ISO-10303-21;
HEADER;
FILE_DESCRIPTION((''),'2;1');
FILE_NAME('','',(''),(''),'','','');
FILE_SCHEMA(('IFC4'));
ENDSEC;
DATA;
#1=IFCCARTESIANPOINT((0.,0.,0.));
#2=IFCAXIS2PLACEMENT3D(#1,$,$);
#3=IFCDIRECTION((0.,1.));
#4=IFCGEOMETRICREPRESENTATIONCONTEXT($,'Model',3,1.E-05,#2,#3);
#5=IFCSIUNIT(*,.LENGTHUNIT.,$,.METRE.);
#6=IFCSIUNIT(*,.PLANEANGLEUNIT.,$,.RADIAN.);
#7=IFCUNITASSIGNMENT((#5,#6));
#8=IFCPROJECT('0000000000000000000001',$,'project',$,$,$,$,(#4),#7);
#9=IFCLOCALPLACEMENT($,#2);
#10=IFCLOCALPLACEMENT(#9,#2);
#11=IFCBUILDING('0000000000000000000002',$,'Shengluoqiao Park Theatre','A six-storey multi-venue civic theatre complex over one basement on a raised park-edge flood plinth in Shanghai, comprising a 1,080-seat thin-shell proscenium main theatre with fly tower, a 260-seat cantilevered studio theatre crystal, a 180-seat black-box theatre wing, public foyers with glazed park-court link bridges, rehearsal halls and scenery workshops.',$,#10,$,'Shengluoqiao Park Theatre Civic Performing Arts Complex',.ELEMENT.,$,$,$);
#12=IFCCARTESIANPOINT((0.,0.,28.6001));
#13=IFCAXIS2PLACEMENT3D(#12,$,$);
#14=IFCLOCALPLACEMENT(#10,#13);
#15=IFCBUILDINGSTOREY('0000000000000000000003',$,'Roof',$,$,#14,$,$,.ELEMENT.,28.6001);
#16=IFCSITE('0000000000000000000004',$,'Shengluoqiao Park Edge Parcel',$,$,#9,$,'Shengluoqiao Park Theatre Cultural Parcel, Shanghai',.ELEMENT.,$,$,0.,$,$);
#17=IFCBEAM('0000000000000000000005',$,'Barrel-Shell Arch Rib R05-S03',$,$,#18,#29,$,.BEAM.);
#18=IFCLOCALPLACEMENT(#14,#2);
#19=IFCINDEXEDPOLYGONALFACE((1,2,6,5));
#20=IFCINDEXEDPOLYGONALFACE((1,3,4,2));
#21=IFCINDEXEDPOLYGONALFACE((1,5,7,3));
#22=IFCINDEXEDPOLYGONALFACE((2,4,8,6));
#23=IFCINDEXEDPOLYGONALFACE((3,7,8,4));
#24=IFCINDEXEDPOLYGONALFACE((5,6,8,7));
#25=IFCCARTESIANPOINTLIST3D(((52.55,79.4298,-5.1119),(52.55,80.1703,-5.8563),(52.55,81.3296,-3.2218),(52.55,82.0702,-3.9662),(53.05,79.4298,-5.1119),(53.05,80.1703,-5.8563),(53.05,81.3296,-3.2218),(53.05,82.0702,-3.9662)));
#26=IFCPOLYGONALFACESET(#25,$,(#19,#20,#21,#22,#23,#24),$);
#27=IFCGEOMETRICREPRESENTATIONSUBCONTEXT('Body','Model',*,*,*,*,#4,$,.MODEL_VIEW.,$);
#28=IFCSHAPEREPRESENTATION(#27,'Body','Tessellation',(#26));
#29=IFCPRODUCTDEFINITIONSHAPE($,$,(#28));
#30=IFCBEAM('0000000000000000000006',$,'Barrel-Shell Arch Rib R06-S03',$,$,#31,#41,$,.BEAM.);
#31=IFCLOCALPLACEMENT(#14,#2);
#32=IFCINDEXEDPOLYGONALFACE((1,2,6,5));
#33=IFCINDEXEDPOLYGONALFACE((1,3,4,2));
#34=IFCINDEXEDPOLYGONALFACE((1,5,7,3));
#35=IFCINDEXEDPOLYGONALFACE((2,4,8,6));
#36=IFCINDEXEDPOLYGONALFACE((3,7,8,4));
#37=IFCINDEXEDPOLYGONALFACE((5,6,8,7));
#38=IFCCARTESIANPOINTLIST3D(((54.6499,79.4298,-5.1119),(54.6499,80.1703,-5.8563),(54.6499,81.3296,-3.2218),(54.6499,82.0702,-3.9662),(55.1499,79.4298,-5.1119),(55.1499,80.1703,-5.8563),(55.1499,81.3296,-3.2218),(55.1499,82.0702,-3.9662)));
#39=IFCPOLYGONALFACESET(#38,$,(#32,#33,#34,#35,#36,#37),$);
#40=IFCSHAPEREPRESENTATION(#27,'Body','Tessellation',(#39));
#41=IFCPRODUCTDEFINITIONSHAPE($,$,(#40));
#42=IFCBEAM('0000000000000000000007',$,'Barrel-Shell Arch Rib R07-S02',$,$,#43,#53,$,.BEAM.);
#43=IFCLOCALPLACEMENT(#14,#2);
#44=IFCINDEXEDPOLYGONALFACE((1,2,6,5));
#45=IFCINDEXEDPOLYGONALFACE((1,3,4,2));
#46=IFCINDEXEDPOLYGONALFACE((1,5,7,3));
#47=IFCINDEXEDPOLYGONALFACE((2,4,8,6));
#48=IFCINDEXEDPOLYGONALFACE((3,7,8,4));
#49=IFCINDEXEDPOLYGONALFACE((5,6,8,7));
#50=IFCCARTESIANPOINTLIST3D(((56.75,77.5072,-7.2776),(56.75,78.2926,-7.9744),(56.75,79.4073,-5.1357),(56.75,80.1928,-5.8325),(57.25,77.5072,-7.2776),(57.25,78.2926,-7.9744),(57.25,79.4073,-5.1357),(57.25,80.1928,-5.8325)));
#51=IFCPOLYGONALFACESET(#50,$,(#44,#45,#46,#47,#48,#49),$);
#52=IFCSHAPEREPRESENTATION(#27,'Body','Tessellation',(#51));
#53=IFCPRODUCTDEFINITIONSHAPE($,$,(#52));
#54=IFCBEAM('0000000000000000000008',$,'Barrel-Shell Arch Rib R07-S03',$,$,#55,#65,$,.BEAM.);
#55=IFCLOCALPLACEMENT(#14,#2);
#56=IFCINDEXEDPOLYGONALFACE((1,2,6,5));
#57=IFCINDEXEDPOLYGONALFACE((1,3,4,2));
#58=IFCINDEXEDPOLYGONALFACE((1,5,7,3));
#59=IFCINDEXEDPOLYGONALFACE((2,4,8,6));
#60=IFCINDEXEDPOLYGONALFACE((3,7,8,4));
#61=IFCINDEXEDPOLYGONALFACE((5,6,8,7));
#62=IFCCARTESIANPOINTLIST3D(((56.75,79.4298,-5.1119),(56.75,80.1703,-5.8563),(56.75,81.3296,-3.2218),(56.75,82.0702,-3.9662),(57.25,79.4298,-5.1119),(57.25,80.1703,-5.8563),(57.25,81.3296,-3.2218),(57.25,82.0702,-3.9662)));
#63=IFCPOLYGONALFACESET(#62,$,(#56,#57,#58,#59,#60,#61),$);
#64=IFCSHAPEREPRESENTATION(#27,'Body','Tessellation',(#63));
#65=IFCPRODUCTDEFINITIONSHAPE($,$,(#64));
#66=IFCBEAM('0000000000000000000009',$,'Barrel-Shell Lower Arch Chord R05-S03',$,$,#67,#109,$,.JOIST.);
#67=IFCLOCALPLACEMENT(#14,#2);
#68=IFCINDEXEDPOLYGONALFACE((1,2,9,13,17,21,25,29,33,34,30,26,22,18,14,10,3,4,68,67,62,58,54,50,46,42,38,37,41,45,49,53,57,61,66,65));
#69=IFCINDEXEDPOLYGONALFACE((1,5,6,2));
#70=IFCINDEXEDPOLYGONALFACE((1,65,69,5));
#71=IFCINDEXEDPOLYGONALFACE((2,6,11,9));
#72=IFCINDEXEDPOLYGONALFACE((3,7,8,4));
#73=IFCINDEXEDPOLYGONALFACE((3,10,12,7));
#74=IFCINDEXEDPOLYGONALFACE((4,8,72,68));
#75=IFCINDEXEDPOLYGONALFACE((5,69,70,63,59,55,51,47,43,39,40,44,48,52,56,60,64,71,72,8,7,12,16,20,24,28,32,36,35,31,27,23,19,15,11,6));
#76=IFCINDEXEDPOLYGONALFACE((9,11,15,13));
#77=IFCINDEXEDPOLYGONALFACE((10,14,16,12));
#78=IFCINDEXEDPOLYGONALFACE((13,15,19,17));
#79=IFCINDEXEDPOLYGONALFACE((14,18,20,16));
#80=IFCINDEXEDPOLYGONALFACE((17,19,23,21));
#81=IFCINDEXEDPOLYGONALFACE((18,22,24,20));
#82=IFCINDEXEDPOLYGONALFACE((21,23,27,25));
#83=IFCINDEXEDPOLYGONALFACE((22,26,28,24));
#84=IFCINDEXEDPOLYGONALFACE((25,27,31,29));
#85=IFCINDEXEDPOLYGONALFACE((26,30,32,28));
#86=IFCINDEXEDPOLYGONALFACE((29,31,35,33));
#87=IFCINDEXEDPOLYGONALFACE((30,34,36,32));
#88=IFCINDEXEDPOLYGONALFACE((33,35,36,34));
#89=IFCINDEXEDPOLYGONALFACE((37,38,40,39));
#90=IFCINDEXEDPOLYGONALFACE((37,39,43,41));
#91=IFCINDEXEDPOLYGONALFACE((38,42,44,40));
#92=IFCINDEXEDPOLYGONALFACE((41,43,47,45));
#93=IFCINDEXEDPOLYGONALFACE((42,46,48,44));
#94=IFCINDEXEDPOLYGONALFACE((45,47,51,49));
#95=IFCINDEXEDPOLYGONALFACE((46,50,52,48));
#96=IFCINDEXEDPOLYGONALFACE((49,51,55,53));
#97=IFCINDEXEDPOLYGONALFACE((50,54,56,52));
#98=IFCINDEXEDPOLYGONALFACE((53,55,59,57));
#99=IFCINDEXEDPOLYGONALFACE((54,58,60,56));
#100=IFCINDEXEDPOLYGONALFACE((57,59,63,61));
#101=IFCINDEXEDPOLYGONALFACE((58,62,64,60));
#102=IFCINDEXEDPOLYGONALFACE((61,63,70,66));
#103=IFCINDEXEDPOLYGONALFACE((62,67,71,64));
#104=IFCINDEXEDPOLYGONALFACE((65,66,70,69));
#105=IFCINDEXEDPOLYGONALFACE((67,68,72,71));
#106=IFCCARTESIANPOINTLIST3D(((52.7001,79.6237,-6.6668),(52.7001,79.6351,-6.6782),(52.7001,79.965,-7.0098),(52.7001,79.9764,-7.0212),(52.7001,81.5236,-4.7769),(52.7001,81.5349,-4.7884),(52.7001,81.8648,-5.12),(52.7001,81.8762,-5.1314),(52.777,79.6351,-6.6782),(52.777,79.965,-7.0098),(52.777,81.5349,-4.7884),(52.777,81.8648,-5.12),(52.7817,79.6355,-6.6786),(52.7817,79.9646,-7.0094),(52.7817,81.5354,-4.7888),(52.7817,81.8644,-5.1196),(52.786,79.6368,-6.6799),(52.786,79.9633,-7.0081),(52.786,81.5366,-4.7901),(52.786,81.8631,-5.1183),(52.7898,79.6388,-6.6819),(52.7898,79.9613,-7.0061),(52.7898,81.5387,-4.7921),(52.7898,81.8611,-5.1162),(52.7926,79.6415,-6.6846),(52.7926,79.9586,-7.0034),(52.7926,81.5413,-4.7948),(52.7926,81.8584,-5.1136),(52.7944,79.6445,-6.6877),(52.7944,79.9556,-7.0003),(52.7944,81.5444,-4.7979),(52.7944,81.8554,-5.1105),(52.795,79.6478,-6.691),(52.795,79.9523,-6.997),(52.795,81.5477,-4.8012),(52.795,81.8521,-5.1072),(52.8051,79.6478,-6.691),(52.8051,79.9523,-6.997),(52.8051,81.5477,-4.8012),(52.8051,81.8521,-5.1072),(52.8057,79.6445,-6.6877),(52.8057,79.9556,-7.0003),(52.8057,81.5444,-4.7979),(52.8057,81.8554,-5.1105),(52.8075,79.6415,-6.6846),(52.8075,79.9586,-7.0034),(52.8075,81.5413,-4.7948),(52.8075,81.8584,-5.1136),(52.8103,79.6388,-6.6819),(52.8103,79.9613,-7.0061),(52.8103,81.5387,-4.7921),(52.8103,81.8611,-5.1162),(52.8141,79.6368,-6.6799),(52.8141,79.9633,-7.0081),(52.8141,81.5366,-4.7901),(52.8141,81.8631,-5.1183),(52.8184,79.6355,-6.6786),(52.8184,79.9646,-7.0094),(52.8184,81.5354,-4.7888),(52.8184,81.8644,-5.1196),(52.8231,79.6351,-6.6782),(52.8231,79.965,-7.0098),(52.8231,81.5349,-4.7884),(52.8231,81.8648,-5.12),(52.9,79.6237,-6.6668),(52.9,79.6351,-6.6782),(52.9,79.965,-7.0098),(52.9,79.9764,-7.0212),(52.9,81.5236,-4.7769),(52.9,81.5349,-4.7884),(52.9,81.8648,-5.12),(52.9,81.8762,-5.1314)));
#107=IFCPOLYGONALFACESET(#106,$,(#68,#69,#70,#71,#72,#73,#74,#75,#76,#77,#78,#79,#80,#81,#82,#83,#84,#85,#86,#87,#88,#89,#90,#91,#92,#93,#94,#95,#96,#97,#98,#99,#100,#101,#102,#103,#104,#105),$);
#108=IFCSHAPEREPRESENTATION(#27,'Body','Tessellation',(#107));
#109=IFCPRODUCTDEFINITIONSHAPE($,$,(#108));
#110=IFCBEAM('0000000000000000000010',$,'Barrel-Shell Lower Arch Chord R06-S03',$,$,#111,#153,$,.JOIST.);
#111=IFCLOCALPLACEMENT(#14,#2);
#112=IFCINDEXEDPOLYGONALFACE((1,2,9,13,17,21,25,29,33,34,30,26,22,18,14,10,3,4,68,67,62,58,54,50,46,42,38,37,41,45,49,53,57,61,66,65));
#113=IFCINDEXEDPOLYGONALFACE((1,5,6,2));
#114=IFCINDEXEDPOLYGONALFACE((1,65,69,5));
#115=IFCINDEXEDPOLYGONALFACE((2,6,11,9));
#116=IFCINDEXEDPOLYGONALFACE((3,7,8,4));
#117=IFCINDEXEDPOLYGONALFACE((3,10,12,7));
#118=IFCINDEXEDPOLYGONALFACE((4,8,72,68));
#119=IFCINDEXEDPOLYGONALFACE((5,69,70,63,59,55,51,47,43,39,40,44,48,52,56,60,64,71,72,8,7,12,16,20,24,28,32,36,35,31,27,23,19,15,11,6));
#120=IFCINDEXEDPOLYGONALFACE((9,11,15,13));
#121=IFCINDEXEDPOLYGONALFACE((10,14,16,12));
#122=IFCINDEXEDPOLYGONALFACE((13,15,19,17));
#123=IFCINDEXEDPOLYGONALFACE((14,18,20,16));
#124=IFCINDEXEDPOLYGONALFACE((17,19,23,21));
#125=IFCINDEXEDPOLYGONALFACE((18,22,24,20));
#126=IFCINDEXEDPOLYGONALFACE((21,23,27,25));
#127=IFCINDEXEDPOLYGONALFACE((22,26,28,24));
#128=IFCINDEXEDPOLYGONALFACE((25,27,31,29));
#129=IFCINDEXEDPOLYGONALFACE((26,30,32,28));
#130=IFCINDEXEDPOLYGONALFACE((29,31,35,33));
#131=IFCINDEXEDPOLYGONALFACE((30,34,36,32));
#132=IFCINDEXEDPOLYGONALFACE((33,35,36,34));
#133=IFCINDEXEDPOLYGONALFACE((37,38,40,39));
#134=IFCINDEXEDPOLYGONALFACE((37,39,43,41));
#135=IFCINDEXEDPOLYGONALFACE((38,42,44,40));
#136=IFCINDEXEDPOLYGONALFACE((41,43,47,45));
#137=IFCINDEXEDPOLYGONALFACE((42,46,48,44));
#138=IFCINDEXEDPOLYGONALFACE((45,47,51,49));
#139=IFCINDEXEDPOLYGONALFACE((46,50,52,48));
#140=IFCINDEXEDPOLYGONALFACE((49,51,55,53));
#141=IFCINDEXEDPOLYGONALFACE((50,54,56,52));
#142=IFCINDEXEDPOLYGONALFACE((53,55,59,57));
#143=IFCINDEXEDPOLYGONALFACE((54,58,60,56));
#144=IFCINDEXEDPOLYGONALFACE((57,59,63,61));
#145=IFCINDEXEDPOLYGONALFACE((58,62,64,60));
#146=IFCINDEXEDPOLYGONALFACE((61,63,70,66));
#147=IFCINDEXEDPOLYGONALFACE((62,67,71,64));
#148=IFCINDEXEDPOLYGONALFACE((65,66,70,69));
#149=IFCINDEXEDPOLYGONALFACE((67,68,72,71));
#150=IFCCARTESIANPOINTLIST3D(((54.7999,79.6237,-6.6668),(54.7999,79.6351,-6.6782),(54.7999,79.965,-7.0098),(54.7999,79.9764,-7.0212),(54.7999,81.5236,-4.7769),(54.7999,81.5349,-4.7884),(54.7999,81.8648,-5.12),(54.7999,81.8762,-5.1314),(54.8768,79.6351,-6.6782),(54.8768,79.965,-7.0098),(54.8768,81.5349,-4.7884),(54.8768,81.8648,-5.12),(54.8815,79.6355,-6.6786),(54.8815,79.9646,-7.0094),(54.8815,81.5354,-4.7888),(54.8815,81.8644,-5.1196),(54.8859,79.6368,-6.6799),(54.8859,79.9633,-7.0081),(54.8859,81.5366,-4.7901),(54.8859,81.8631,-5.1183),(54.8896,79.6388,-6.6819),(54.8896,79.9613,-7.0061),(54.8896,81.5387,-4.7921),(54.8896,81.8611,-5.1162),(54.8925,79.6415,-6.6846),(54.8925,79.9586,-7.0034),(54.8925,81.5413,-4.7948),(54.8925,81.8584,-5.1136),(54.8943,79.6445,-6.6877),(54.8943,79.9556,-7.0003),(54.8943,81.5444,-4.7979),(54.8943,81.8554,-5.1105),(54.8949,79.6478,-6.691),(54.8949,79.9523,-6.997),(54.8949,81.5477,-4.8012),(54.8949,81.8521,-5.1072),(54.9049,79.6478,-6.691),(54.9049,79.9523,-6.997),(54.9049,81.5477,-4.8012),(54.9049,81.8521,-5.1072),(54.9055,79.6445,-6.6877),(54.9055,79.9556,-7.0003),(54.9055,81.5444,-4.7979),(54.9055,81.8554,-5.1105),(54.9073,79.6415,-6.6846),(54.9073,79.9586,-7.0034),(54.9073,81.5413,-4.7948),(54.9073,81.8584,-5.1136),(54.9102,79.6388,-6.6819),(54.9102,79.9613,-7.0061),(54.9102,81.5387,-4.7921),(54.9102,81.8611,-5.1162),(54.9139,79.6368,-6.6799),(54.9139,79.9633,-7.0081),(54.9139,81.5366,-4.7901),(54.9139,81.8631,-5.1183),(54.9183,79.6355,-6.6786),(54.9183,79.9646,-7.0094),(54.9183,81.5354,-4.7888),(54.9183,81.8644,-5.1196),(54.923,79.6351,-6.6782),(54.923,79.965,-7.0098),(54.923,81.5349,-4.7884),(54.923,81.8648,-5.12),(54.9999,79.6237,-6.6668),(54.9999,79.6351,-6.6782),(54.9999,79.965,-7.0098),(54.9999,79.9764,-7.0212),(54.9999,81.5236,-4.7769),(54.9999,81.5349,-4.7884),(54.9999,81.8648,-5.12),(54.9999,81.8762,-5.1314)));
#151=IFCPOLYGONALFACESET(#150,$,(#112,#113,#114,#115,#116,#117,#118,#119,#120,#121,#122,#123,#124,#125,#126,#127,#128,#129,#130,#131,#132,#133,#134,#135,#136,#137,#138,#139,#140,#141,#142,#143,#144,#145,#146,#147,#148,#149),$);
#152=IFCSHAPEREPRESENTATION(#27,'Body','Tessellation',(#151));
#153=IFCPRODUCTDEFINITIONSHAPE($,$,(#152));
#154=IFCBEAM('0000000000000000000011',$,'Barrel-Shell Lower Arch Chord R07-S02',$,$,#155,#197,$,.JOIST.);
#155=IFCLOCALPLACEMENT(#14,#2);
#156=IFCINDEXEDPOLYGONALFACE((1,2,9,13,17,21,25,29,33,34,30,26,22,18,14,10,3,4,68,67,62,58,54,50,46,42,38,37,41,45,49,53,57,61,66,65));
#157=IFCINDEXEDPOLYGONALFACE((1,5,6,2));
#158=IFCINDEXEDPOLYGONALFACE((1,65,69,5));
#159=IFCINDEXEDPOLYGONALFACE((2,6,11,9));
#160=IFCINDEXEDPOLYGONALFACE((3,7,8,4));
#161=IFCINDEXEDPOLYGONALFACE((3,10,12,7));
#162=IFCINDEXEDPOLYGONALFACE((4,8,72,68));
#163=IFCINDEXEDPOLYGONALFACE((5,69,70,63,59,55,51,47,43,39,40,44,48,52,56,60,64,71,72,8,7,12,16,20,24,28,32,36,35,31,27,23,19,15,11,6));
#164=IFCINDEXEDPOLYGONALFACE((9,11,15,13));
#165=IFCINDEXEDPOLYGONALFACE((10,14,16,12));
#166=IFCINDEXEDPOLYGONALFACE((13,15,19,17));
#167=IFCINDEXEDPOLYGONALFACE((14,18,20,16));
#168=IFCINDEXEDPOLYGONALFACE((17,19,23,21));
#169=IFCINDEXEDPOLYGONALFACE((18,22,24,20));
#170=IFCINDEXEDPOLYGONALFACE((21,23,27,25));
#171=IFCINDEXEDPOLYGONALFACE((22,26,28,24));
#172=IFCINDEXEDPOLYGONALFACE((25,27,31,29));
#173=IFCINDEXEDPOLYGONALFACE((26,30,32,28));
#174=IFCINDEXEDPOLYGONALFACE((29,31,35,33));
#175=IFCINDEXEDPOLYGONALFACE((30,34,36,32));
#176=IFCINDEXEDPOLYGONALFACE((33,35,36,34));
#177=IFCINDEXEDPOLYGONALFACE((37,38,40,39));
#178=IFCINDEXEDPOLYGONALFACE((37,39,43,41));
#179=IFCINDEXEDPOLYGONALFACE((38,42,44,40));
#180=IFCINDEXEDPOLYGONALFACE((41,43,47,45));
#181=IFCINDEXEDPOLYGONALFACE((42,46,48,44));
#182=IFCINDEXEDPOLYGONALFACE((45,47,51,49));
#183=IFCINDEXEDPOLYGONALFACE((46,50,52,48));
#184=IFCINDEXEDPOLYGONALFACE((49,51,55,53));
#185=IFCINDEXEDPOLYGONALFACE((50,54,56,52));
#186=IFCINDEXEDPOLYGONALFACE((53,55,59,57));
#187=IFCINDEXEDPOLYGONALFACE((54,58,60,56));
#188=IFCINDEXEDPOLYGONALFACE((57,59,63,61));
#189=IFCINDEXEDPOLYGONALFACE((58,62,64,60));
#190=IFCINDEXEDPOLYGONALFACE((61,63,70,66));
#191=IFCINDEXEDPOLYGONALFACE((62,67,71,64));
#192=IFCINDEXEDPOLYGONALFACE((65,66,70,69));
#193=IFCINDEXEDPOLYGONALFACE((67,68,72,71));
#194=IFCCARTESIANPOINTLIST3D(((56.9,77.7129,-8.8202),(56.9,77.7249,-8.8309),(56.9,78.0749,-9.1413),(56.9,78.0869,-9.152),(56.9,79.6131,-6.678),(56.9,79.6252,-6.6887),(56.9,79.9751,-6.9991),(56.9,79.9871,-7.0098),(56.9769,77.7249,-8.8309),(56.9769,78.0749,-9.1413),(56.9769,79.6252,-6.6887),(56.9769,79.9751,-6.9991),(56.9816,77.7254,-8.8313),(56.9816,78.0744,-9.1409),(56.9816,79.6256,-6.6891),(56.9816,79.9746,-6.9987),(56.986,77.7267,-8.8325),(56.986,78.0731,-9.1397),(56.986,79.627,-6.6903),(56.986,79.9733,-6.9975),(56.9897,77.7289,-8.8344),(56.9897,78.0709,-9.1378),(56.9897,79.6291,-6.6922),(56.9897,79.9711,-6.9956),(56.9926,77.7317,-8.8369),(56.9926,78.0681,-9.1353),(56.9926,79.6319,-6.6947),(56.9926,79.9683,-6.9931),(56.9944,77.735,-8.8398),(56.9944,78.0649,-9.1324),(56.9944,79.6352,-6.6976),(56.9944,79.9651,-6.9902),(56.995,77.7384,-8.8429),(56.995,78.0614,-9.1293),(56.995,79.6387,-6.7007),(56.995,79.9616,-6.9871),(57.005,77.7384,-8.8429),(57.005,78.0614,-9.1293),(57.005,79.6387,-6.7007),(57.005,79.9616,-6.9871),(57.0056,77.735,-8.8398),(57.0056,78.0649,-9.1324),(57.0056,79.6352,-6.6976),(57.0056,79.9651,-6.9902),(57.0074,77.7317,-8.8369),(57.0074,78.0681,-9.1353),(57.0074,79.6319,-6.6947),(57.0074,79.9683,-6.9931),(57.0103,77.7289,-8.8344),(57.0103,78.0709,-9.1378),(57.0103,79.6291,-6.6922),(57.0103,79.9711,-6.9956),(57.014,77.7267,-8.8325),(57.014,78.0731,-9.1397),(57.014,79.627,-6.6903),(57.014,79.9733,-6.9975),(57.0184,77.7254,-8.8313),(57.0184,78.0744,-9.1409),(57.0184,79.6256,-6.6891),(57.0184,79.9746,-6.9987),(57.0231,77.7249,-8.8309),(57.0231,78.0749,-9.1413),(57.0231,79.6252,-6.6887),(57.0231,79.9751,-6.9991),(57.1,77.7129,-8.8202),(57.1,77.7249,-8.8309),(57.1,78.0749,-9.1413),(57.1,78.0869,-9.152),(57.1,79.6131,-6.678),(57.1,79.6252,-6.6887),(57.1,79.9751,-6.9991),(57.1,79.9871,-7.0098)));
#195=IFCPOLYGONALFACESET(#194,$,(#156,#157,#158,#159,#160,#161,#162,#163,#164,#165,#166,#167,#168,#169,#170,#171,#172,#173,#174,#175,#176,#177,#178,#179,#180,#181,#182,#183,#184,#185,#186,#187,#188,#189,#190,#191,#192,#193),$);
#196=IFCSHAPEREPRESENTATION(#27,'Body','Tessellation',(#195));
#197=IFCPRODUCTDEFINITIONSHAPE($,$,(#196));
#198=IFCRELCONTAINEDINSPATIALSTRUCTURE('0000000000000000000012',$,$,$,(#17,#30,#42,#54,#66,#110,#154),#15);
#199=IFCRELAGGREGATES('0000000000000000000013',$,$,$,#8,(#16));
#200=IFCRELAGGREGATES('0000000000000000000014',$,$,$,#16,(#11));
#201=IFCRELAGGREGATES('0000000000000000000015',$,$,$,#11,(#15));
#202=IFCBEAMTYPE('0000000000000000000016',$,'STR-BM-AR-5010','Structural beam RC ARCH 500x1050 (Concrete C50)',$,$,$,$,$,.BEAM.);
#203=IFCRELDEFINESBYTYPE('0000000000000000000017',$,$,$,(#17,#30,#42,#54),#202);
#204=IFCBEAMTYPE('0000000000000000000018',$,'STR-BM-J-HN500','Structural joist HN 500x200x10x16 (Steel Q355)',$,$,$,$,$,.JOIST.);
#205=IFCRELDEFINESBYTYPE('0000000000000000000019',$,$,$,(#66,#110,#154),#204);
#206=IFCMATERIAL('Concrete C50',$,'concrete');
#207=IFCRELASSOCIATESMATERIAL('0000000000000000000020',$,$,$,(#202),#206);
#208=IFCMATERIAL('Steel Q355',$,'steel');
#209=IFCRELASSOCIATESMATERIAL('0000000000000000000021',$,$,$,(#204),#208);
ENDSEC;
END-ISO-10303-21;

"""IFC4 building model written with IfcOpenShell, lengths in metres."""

from ifc_helpers import new_model, si_unit, direction, frame, origin, origin_2d, place, context, subcontext, project, spatial, rectangle, i_section, extrude, material, material_profile, profile_set, type_object, element, save


model = new_model("IFC4")

# Units and contexts
model_context = context("Model", 3, precision=1e-05, world=origin(), true_north=direction((0.0, 1.0)))
body_context = subcontext(model_context, "Body", "Model", "MODEL_VIEW")
ifc_project = project(units=[si_unit("LENGTHUNIT", "METRE"), si_unit("PLANEANGLEUNIT", "RADIAN")], contexts=[model_context])

# Site, building, storey
site_placement = place(None, origin())
site = spatial("IfcSite", under=ifc_project, at=site_placement, Name="Shengluoqiao Park Edge Parcel", LongName="Shengluoqiao Park Theatre Cultural Parcel, Shanghai", CompositionType="ELEMENT", RefElevation=0.0)
building_placement = place(site_placement, origin())
building = spatial("IfcBuilding", under=site, at=building_placement, Name="Shengluoqiao Park Theatre", Description="A six-storey multi-venue civic theatre complex over one basement on a raised park-edge flood plinth in Shanghai, comprising a 1,080-seat thin-shell proscenium main theatre with fly tower, a 260-seat cantilevered studio theatre crystal, a 180-seat black-box theatre wing, public foyers with glazed park-court link bridges, rehearsal halls and scenery workshops.", LongName="Shengluoqiao Park Theatre Civic Performing Arts Complex", CompositionType="ELEMENT")
storey_placement = place(building_placement, frame((0.0, 0.0, 28.6001)))
storey = spatial("IfcBuildingStorey", under=building, at=storey_placement, Name="Roof", CompositionType="ELEMENT", Elevation=28.6001)

# Beams
ifc_material_1 = material(Name="Concrete C50", Category="concrete")
ifc_material_profile_1 = material_profile(ifc_material_1, rectangle(XDim=0.5, YDim=1.05, at=origin_2d()), Name="RC ARCH 500x1050")
ifc_profile_set_1 = profile_set([ifc_material_profile_1], Name="Concrete C50")
beam_type_1 = type_object("IfcBeamType", Name="STR-BM-AR-5010", Description="Structural beam RC ARCH 500x1050 (Concrete C50)", PredefinedType="BEAM", material=ifc_profile_set_1)
for number, where, z_axis, x_axis, name in (
    (1, (52.8, 79.8, -5.4841), (0.0, 0.708926, 0.705282), (-1.0, 0.0, 0.0), "Barrel-Shell Arch Rib R05-S03"),
    (2, (54.8999, 79.8, -5.4841), (0.0, 0.708926, 0.705282), (-1.0, 0.0, 0.0), "Barrel-Shell Arch Rib R06-S03"),
):
    element("IfcBeam", number, at=place(storey_placement, frame(where, z_axis=z_axis, x_axis=x_axis)), inside=storey, type_object=beam_type_1, Name=name, PredefinedType="BEAM", context=body_context, shape_type="SweptSolid", body=[
        extrude(rectangle(XDim=0.5, YDim=1.05, at=origin_2d()), origin(), (0.0, 0.0, 1.0), 2.6799),
    ])
beam_1_placement = place(storey_placement, frame((57.0, 77.8999, -7.626), z_axis=(0.0, 0.663638, 0.748053), x_axis=(-1.0, 0.0, 0.0)))
element("IfcBeam", 3, at=beam_1_placement, inside=storey, type_object=beam_type_1, Name="Barrel-Shell Arch Rib R07-S02", PredefinedType="BEAM", context=body_context, shape_type="SweptSolid", body=[
    extrude(rectangle(XDim=0.5, YDim=1.05, at=origin_2d()), origin(), (0.0, 0.0, 1.0), 2.8633),
])
beam_2_placement = place(storey_placement, frame((57.0, 79.8, -5.4841), z_axis=(0.0, 0.708926, 0.705282), x_axis=(-1.0, 0.0, 0.0)))
element("IfcBeam", 4, at=beam_2_placement, inside=storey, type_object=beam_type_1, Name="Barrel-Shell Arch Rib R07-S03", PredefinedType="BEAM", context=body_context, shape_type="SweptSolid", body=[
    extrude(rectangle(XDim=0.5, YDim=1.05, at=origin_2d()), origin(), (0.0, 0.0, 1.0), 2.6799),
])
ifc_material_2 = material(Name="Steel Q355", Category="steel")
ifc_material_profile_2 = material_profile(ifc_material_2, i_section(OverallWidth=0.2, OverallDepth=0.5, WebThickness=0.01, FlangeThickness=0.0161, FilletRadius=0.0181, at=origin_2d()), Name="HN 500x200x10x16")
ifc_profile_set_2 = profile_set([ifc_material_profile_2], Name="Steel Q355")
beam_type_2 = type_object("IfcBeamType", Name="STR-BM-J-HN500", Description="Structural joist HN 500x200x10x16 (Steel Q355)", PredefinedType="JOIST", material=ifc_profile_set_2)
for number, where, z_axis, x_axis, name in (
    (5, (52.8, 79.8, -6.844), (0.0, 0.708972, 0.705237), (-1.0, 0.0, 0.0), "Barrel-Shell Lower Arch Chord R05-S03"),
    (6, (54.8999, 79.8, -6.844), (0.0, 0.708972, 0.705237), (-1.0, 0.0, 0.0), "Barrel-Shell Lower Arch Chord R06-S03"),
):
    element("IfcBeam", number, at=place(storey_placement, frame(where, z_axis=z_axis, x_axis=x_axis)), inside=storey, type_object=beam_type_2, Name=name, PredefinedType="JOIST", context=body_context, shape_type="SweptSolid", body=[
        extrude(i_section(OverallWidth=0.2, OverallDepth=0.5, WebThickness=0.01, FlangeThickness=0.0161, FilletRadius=0.0181, at=origin_2d()), origin(), (0.0, 0.0, 1.0), 2.6797),
    ])
beam_3_placement = place(storey_placement, frame((57.0, 77.8999, -8.9861), z_axis=(0.0, 0.663596, 0.748091), x_axis=(-1.0, 0.0, 0.0)))
element("IfcBeam", 7, at=beam_3_placement, inside=storey, type_object=beam_type_2, Name="Barrel-Shell Lower Arch Chord R07-S02", PredefinedType="JOIST", context=body_context, shape_type="SweptSolid", body=[
    extrude(i_section(OverallWidth=0.2, OverallDepth=0.5, WebThickness=0.01, FlangeThickness=0.0161, FilletRadius=0.0181, at=origin_2d()), origin(), (0.0, 0.0, 1.0), 2.8635),
])

save(model, "model.ifc")
